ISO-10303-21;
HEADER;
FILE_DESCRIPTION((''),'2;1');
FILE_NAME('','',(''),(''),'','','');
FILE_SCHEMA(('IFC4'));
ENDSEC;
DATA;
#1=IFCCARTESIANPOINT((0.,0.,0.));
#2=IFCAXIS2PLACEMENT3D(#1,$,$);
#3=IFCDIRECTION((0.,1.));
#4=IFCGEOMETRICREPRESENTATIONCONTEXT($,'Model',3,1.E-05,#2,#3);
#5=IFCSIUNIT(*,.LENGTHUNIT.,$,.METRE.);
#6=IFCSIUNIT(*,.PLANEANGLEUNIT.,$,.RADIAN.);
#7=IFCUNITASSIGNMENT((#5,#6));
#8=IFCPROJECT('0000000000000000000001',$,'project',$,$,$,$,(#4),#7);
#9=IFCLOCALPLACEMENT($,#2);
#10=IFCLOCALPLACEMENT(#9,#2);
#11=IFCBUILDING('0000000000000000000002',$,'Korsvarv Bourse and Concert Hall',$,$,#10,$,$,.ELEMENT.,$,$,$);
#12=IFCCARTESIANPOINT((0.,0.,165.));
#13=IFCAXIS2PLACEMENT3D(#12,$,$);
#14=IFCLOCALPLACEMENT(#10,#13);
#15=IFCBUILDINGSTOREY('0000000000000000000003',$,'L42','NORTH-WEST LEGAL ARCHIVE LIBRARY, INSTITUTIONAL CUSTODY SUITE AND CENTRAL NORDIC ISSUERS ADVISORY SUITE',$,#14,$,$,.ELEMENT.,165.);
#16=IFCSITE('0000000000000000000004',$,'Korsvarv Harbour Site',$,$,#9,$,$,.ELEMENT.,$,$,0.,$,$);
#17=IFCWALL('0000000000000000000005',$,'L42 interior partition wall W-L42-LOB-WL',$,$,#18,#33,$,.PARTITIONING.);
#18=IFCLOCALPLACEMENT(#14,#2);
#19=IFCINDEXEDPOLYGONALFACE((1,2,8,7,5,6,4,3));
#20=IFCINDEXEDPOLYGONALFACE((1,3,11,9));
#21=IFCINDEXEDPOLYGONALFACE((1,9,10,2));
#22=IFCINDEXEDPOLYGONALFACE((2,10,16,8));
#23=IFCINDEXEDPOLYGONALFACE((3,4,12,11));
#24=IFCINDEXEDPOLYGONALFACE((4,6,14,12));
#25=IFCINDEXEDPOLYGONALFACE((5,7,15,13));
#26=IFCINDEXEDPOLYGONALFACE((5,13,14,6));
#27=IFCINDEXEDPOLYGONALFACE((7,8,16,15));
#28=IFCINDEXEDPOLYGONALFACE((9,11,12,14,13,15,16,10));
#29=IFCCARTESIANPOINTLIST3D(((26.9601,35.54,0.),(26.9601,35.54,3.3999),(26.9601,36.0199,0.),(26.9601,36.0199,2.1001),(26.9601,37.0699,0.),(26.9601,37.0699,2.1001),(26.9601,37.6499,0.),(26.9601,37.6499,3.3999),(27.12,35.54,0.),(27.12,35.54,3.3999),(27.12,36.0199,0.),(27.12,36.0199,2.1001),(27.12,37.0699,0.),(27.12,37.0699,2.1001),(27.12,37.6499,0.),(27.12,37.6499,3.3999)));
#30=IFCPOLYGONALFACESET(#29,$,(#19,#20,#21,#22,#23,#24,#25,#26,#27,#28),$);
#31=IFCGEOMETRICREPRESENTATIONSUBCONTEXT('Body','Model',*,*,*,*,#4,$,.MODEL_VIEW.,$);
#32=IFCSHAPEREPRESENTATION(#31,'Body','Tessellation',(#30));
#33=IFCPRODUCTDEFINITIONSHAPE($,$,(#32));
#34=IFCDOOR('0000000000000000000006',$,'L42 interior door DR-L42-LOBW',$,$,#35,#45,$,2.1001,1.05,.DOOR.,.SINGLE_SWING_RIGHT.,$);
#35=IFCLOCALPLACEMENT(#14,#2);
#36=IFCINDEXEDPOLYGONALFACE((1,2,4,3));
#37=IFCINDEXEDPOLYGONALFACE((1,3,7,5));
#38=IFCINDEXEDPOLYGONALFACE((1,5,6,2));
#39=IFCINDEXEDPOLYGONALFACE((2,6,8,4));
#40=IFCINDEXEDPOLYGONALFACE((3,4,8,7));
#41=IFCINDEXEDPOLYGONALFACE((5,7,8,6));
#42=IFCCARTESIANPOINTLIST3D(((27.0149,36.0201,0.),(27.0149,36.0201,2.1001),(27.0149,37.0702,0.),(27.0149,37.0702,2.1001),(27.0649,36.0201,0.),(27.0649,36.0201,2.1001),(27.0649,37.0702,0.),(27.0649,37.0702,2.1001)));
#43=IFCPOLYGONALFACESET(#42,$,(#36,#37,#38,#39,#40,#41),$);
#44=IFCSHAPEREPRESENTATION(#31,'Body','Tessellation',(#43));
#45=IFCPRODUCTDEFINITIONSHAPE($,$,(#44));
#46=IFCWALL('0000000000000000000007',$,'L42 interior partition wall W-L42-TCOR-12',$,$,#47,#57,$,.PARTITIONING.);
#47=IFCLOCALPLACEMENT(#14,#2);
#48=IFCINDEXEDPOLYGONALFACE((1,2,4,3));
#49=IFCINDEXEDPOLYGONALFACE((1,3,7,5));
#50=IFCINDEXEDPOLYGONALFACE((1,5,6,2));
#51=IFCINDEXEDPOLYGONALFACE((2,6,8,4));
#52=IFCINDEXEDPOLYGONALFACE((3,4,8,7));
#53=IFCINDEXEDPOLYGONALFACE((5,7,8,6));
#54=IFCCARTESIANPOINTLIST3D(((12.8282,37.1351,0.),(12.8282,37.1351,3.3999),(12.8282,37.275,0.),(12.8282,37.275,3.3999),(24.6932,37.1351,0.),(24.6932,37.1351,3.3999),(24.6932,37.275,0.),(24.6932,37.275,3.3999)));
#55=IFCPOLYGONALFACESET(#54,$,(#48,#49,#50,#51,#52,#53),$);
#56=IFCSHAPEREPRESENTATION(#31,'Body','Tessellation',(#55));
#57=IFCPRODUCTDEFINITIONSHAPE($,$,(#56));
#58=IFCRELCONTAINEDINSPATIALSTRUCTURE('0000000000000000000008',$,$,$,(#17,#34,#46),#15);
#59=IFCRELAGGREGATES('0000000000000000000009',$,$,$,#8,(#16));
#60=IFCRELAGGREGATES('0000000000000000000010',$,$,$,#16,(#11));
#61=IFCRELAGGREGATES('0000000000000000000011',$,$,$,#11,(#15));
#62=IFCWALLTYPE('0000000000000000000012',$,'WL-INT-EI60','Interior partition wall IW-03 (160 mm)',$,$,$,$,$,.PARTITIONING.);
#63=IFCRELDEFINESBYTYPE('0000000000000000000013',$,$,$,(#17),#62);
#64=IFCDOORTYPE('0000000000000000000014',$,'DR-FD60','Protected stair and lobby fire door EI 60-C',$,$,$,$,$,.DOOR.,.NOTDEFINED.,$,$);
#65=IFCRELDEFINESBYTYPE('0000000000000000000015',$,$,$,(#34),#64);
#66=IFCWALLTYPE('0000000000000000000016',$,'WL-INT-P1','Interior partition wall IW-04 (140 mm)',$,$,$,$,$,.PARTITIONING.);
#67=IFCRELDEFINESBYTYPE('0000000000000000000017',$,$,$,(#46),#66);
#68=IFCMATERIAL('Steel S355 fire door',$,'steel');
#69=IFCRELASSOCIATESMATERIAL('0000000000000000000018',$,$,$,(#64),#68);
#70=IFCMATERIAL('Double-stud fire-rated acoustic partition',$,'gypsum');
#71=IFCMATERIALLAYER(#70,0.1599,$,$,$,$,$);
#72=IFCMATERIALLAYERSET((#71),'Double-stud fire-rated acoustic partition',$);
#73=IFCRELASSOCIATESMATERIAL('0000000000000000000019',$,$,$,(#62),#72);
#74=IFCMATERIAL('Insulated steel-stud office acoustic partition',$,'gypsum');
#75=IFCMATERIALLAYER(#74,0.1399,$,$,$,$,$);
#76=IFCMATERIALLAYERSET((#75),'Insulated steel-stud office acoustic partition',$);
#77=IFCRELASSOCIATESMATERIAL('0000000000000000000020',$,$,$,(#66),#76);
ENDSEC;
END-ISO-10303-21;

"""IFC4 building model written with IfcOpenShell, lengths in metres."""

from ifc_helpers import new_model, si_unit, direction, frame, frame_2d, origin, place, context, subcontext, project, spatial, rectangle, extrude, material, layer, layer_set, type_object, element, fill, save


model = new_model("IFC4")

# Units and contexts
model_context = context("Model", 3, precision=1e-05, world=origin(), true_north=direction((0.0, 1.0)))
body_context = subcontext(model_context, "Body", "Model", "MODEL_VIEW")
ifc_project = project(units=[si_unit("LENGTHUNIT", "METRE"), si_unit("PLANEANGLEUNIT", "RADIAN")], contexts=[model_context])

# Site, building, storey
site_placement = place(None, origin())
site = spatial("IfcSite", under=ifc_project, at=site_placement, Name="Korsvarv Harbour Site", CompositionType="ELEMENT", RefElevation=0.0)
building_placement = place(site_placement, origin())
building = spatial("IfcBuilding", under=site, at=building_placement, Name="Korsvarv Bourse and Concert Hall", CompositionType="ELEMENT")
storey_placement = place(building_placement, frame((0.0, 0.0, 165.0)))
storey = spatial("IfcBuildingStorey", under=building, at=storey_placement, Name="L42", Description="NORTH-WEST LEGAL ARCHIVE LIBRARY, INSTITUTIONAL CUSTODY SUITE AND CENTRAL NORDIC ISSUERS ADVISORY SUITE", CompositionType="ELEMENT", Elevation=165.0)

# Shared definitions
ifc_material_1 = material(Name="Steel S355 fire door", Category="steel")
door_type = type_object("IfcDoorType", Name="DR-FD60", Description="Protected stair and lobby fire door EI 60-C", OperationType="NOTDEFINED", PredefinedType="DOOR", material=ifc_material_1)

# Wall, opening, door
ifc_material_2 = material(Name="Double-stud fire-rated acoustic partition", Category="gypsum")
ifc_layer_1 = layer(ifc_material_2, 0.1599)
ifc_layer_set_1 = layer_set([ifc_layer_1], Name="Double-stud fire-rated acoustic partition")
wall_type_1 = type_object("IfcWallType", Name="WL-INT-EI60", Description="Interior partition wall IW-03 (160 mm)", PredefinedType="PARTITIONING", material=ifc_layer_set_1)
wall_1_placement = place(storey_placement, frame((27.04, 35.54, 0.0), z_axis=(0.0, 0.0, 1.0), x_axis=(0.0, 1.0, 0.0)))
wall_1 = element("IfcWall", 1, at=wall_1_placement, inside=storey, type_object=wall_type_1, Name="L42 interior partition wall W-L42-LOB-WL", PredefinedType="PARTITIONING", context=body_context, shape_type="SweptSolid", body=[
    extrude(rectangle(XDim=2.1099, YDim=0.1599, at=frame_2d((1.0549, 0.0))), origin(), (0.0, 0.0, 1.0), 3.3999),
])
opening_1_placement = place(wall_1_placement, frame((0.48, 0.0, 0.0)))
opening_1 = element("IfcOpeningElement", 2, at=opening_1_placement, cuts=wall_1, PredefinedType="OPENING", context=body_context, shape_type="SweptSolid", body=[
    extrude(rectangle(XDim=1.05, YDim=2.1001, at=frame_2d((0.5249, 1.05))), frame((0.0, 0.0898, 0.0), z_axis=(0.0, -1.0, 0.0), x_axis=(1.0, 0.0, 0.0)), (0.0, 0.0, 1.0), 0.1799),
])
door_1_placement = place(opening_1_placement, frame((1.05, 0.0, 0.0), z_axis=(0.0, 0.0, 1.0), x_axis=(-1.0, 0.0, 0.0)))
door_1 = element("IfcDoor", 3, at=door_1_placement, inside=storey, type_object=door_type, Name="L42 interior door DR-L42-LOBW", OperationType="SINGLE_SWING_RIGHT", OverallHeight=2.1001, OverallWidth=1.05, PredefinedType="DOOR", context=body_context, shape_type="SweptSolid", body=[
    extrude(rectangle(XDim=1.05, YDim=2.1001, at=frame_2d((0.5249, 1.05))), frame((0.0, 0.0249, 0.0), z_axis=(0.0, -1.0, 0.0), x_axis=(1.0, 0.0, 0.0)), (0.0, 0.0, 1.0), 0.05),
])
fill(opening_1, door_1)

# Wall
ifc_material_3 = material(Name="Insulated steel-stud office acoustic partition", Category="gypsum")
ifc_layer_2 = layer(ifc_material_3, 0.1399)
ifc_layer_set_2 = layer_set([ifc_layer_2], Name="Insulated steel-stud office acoustic partition")
wall_type_2 = type_object("IfcWallType", Name="WL-INT-P1", Description="Interior partition wall IW-04 (140 mm)", PredefinedType="PARTITIONING", material=ifc_layer_set_2)
wall_2_placement = place(storey_placement, frame((12.8281, 37.2051, 0.0), z_axis=(0.0, 0.0, 1.0), x_axis=(1.0, 0.0, 0.0)))
element("IfcWall", 4, at=wall_2_placement, inside=storey, type_object=wall_type_2, Name="L42 interior partition wall W-L42-TCOR-12", PredefinedType="PARTITIONING", context=body_context, shape_type="SweptSolid", body=[
    extrude(rectangle(XDim=11.865, YDim=0.1399, at=frame_2d((5.9326, 0.0))), origin(), (0.0, 0.0, 1.0), 3.3999),
])

save(model, "model.ifc")
